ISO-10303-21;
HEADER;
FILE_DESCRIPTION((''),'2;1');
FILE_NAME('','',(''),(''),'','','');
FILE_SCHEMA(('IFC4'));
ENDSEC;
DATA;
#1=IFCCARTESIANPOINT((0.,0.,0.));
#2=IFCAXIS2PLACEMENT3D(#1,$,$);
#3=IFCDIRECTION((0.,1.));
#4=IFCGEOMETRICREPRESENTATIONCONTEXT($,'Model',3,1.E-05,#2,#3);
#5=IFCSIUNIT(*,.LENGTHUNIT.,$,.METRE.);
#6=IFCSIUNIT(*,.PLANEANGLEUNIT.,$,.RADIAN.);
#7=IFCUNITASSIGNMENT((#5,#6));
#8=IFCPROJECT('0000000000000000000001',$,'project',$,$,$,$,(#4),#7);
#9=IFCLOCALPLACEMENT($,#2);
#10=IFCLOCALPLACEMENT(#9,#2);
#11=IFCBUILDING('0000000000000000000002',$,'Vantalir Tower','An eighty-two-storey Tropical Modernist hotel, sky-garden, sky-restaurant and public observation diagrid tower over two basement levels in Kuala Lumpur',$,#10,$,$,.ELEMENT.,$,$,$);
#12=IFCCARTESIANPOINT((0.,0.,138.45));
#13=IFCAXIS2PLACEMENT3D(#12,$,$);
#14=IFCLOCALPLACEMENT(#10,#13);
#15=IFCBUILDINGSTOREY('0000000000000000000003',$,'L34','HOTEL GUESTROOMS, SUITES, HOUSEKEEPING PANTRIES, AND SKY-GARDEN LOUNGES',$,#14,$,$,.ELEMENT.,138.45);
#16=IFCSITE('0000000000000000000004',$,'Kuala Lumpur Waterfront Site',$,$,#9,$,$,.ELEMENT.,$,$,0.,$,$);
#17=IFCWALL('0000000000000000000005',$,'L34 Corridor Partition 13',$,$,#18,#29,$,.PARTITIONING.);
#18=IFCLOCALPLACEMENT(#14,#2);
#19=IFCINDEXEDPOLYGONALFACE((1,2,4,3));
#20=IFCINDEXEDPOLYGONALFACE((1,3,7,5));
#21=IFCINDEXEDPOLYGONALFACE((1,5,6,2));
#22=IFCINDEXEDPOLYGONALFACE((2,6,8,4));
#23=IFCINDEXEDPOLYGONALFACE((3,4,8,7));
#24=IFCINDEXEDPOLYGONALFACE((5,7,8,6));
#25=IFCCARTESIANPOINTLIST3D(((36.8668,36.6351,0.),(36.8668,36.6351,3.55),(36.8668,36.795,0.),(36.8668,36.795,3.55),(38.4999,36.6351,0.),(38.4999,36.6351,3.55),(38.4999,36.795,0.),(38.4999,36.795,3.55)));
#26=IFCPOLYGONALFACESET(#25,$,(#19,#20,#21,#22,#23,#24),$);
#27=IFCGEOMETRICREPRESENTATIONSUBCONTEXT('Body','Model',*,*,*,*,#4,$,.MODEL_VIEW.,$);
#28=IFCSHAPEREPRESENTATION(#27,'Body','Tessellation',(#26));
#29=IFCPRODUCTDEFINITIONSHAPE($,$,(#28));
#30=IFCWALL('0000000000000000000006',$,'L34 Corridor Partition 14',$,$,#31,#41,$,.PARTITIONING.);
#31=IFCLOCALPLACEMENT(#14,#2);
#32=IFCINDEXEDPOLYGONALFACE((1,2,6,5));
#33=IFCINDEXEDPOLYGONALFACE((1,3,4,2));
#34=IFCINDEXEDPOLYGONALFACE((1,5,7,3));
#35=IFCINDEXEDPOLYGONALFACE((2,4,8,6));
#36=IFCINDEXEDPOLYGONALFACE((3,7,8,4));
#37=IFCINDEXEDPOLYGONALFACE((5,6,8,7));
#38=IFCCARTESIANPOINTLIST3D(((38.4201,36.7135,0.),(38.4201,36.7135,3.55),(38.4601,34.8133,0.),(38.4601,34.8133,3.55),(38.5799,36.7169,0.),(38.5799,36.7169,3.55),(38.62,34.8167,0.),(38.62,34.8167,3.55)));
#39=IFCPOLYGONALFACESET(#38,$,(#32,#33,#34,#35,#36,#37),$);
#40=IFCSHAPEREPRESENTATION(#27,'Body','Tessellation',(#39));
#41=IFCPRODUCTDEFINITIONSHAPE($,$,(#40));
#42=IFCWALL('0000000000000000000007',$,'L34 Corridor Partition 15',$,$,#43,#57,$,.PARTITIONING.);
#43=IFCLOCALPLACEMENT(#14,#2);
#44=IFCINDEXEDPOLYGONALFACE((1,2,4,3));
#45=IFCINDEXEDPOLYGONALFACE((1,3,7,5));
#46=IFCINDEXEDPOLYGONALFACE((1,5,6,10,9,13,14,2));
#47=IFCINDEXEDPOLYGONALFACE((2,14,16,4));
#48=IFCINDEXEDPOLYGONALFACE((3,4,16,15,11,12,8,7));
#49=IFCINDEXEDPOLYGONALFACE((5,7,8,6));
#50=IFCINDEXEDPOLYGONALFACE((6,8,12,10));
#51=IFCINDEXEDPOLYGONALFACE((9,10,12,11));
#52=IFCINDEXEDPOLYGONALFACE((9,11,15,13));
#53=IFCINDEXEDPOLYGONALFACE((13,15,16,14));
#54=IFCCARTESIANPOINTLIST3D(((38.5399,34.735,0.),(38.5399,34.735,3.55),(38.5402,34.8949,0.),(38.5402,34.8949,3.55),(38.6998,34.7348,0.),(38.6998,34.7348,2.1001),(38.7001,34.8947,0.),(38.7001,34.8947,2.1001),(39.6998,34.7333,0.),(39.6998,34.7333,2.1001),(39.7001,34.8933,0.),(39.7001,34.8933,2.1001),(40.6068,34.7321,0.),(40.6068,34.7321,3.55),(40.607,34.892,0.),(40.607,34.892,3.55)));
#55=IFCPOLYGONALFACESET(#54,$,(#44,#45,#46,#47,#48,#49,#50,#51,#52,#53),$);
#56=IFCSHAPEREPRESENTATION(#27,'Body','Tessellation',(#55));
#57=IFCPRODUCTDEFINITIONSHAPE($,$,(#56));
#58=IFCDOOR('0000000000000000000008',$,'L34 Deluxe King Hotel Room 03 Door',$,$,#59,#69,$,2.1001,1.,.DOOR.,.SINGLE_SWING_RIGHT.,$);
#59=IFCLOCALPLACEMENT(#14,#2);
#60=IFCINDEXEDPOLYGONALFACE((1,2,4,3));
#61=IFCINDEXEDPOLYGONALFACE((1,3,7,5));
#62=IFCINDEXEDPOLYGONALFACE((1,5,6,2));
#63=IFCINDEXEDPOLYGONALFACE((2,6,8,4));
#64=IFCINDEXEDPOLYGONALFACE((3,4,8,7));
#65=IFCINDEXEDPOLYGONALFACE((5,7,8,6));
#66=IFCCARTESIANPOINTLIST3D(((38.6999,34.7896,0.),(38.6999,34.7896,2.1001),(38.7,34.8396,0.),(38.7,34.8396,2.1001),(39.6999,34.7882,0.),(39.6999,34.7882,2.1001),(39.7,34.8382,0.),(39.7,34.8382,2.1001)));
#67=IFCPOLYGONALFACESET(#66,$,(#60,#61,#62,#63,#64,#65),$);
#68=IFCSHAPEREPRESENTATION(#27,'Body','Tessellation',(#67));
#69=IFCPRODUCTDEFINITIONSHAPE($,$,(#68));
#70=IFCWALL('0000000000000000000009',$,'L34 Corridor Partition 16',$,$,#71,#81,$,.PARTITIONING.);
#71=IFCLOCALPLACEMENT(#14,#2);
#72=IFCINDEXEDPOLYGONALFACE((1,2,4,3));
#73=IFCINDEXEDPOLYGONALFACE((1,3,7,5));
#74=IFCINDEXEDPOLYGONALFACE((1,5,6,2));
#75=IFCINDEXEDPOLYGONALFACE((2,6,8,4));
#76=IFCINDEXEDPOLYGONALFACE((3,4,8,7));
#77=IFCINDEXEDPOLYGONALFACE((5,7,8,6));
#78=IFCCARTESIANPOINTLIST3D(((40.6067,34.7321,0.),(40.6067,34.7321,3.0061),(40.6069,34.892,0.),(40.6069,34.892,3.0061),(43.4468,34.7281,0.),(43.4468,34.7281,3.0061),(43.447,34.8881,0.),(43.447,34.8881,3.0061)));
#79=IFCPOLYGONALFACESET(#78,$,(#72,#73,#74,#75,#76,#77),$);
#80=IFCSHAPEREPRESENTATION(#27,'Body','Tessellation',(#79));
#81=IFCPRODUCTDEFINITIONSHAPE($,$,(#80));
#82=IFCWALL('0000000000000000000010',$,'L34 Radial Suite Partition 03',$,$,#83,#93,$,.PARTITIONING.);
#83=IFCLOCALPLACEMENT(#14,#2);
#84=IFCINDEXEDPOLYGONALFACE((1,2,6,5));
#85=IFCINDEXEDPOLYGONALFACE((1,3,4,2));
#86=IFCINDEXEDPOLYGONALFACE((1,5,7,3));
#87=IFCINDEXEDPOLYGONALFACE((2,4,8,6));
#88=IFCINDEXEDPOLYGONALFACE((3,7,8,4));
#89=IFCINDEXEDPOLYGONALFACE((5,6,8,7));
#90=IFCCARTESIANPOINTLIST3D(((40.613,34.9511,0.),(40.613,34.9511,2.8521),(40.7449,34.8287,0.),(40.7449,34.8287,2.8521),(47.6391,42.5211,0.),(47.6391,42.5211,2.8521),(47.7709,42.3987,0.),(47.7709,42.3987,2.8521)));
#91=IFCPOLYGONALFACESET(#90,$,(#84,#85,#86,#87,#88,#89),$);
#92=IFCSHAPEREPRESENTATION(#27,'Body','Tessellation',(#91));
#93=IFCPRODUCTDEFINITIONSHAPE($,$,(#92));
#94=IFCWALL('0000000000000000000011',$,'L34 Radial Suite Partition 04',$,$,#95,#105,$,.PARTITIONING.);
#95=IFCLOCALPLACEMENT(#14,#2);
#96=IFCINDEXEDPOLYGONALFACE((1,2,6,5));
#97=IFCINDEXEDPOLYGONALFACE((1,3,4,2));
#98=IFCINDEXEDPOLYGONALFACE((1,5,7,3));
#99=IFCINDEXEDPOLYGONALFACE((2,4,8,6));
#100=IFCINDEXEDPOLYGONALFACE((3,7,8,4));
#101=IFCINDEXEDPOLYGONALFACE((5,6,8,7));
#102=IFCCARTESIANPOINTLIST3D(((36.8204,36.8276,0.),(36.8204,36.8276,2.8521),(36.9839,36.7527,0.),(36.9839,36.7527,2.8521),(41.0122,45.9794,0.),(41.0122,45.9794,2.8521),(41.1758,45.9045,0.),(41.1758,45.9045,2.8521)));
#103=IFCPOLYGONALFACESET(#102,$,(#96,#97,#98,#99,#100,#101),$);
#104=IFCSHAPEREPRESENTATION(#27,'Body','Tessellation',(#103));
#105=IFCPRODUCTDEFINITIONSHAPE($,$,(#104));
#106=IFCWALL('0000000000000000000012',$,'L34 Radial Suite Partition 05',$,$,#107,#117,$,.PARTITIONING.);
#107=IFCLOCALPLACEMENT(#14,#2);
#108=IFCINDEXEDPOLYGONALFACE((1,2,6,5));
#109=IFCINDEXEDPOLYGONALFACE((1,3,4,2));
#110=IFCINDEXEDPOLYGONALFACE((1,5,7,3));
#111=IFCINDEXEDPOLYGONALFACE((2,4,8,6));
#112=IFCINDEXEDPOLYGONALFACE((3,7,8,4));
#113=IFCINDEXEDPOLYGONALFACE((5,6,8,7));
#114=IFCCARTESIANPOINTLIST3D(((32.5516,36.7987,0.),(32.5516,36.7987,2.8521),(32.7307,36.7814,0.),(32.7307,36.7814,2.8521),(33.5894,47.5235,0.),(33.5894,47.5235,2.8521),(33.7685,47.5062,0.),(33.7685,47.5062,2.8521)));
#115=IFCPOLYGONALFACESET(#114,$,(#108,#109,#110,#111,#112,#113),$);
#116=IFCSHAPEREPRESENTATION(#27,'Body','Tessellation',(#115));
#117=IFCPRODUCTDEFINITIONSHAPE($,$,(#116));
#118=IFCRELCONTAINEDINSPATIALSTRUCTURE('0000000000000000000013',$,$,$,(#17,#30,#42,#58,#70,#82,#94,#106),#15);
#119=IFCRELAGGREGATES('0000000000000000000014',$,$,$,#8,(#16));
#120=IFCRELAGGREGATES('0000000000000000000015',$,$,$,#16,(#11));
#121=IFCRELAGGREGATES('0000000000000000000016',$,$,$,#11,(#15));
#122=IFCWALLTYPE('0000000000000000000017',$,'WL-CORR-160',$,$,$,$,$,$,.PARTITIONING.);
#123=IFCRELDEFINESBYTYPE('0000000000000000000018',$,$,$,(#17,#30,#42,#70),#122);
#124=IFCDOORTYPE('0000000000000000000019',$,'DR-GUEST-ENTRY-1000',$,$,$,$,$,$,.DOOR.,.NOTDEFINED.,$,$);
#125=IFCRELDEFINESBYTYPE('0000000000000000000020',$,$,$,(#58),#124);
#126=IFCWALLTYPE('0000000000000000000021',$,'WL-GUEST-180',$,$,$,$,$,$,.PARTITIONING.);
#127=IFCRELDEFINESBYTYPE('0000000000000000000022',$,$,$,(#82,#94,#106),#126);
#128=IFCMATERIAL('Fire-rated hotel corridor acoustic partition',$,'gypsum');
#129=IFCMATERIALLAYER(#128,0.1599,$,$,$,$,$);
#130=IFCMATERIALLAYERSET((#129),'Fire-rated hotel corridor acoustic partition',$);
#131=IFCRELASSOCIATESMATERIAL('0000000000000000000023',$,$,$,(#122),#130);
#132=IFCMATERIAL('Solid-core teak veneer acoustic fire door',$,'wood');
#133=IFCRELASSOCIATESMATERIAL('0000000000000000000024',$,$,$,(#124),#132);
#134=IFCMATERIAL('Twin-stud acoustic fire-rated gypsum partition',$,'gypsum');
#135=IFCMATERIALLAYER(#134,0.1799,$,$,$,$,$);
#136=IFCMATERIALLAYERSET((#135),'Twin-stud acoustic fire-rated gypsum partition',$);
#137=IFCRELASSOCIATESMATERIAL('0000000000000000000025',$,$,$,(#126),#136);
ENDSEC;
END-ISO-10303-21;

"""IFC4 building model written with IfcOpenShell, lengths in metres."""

from ifc_helpers import new_model, si_unit, direction, frame, frame_2d, origin, place, context, subcontext, project, spatial, rectangle, extrude, material, layer, layer_set, type_object, element, fill, save


model = new_model("IFC4")

# Units and contexts
model_context = context("Model", 3, precision=1e-05, world=origin(), true_north=direction((0.0, 1.0)))
body_context = subcontext(model_context, "Body", "Model", "MODEL_VIEW")
ifc_project = project(units=[si_unit("LENGTHUNIT", "METRE"), si_unit("PLANEANGLEUNIT", "RADIAN")], contexts=[model_context])

# Site, building, storey
site_placement = place(None, origin())
site = spatial("IfcSite", under=ifc_project, at=site_placement, Name="Kuala Lumpur Waterfront Site", CompositionType="ELEMENT", RefElevation=0.0)
building_placement = place(site_placement, origin())
building = spatial("IfcBuilding", under=site, at=building_placement, Name="Vantalir Tower", Description="An eighty-two-storey Tropical Modernist hotel, sky-garden, sky-restaurant and public observation diagrid tower over two basement levels in Kuala Lumpur", CompositionType="ELEMENT")
storey_placement = place(building_placement, frame((0.0, 0.0, 138.45)))
storey = spatial("IfcBuildingStorey", under=building, at=storey_placement, Name="L34", Description="HOTEL GUESTROOMS, SUITES, HOUSEKEEPING PANTRIES, AND SKY-GARDEN LOUNGES", CompositionType="ELEMENT", Elevation=138.45)

# Shared definitions
ifc_material_1 = material(Name="Fire-rated hotel corridor acoustic partition", Category="gypsum")
ifc_layer_1 = layer(ifc_material_1, 0.1599)
ifc_layer_set_1 = layer_set([ifc_layer_1], Name="Fire-rated hotel corridor acoustic partition")
wall_type_1 = type_object("IfcWallType", Name="WL-CORR-160", PredefinedType="PARTITIONING", material=ifc_layer_set_1)
ifc_material_2 = material(Name="Solid-core teak veneer acoustic fire door", Category="wood")
door_type_1 = type_object("IfcDoorType", Name="DR-GUEST-ENTRY-1000", OperationType="NOTDEFINED", PredefinedType="DOOR", material=ifc_material_2)

# Walls
wall_1_placement = place(storey_placement, frame((36.8669, 36.7151, 0.0), z_axis=(0.0, 0.0, 1.0), x_axis=(1.0, 0.0, 0.0)))
element("IfcWall", 1, at=wall_1_placement, inside=storey, type_object=wall_type_1, Name="L34 Corridor Partition 13", PredefinedType="PARTITIONING", context=body_context, shape_type="SweptSolid", body=[
    extrude(rectangle(XDim=1.6331, YDim=0.1599, at=frame_2d((0.8164, 0.0))), origin(), (0.0, 0.0, 1.0), 3.55),
])
wall_2_placement = place(storey_placement, frame((38.5, 36.7151, 0.0), z_axis=(0.0, 0.0, 1.0), x_axis=(0.021067, -0.999778, 0.0)))
element("IfcWall", 2, at=wall_2_placement, inside=storey, type_object=wall_type_1, Name="L34 Corridor Partition 14", PredefinedType="PARTITIONING", context=body_context, shape_type="SweptSolid", body=[
    extrude(rectangle(XDim=1.9006, YDim=0.1599, at=frame_2d((0.9502, 0.0))), origin(), (0.0, 0.0, 1.0), 3.55),
])

# Wall, opening, door
wall_3_placement = place(storey_placement, frame((38.54, 34.8149, 0.0), z_axis=(0.0, 0.0, 1.0), x_axis=(0.999999, -0.001417, 0.0)))
wall_3 = element("IfcWall", 3, at=wall_3_placement, inside=storey, type_object=wall_type_1, Name="L34 Corridor Partition 15", PredefinedType="PARTITIONING", context=body_context, shape_type="SweptSolid", body=[
    extrude(rectangle(XDim=2.0669, YDim=0.1599, at=frame_2d((1.0334, 0.0))), origin(), (0.0, 0.0, 1.0), 3.55),
])
opening_1_placement = place(wall_3_placement, frame((0.1599, 0.0, 0.0)))
opening_1 = element("IfcOpeningElement", 4, at=opening_1_placement, cuts=wall_3, PredefinedType="OPENING", context=body_context, shape_type="SweptSolid", body=[
    extrude(rectangle(XDim=1.0, YDim=2.1001, at=frame_2d((0.5, 1.05))), frame((0.0, 0.0898, 0.0), z_axis=(0.0, -1.0, 0.0), x_axis=(1.0, 0.0, 0.0)), (0.0, 0.0, 1.0), 0.1799),
])
door_1_placement = place(opening_1_placement, origin())
door_1 = element("IfcDoor", 5, at=door_1_placement, inside=storey, type_object=door_type_1, Name="L34 Deluxe King Hotel Room 03 Door", OperationType="SINGLE_SWING_RIGHT", OverallHeight=2.1001, OverallWidth=1.0, PredefinedType="DOOR", context=body_context, shape_type="SweptSolid", body=[
    extrude(rectangle(XDim=1.0, YDim=2.1001, at=frame_2d((0.5, 1.05))), frame((0.0, 0.0249, 0.0), z_axis=(0.0, -1.0, 0.0), x_axis=(1.0, 0.0, 0.0)), (0.0, 0.0, 1.0), 0.05),
])
fill(opening_1, door_1)

# Walls
wall_4_placement = place(storey_placement, frame((40.6069, 34.812, 0.0), z_axis=(0.0, 0.0, 1.0), x_axis=(0.999999, -0.001375, 0.0)))
element("IfcWall", 6, at=wall_4_placement, inside=storey, type_object=wall_type_1, Name="L34 Corridor Partition 16", PredefinedType="PARTITIONING", context=body_context, shape_type="SweptSolid", body=[
    extrude(rectangle(XDim=2.8401, YDim=0.1599, at=frame_2d((1.4199, 0.0))), origin(), (0.0, 0.0, 1.0), 3.0061),
])
ifc_material_3 = material(Name="Twin-stud acoustic fire-rated gypsum partition", Category="gypsum")
ifc_layer_2 = layer(ifc_material_3, 0.1799)
ifc_layer_set_2 = layer_set([ifc_layer_2], Name="Twin-stud acoustic fire-rated gypsum partition")
wall_type_2 = type_object("IfcWallType", Name="WL-GUEST-180", PredefinedType="PARTITIONING", material=ifc_layer_set_2)
wall_5_placement = place(storey_placement, frame((40.679, 34.8899, 0.0), z_axis=(0.0, 0.0, 1.0), x_axis=(0.680283, 0.732949, 0.0)))
element("IfcWall", 7, at=wall_5_placement, inside=storey, type_object=wall_type_2, Name="L34 Radial Suite Partition 03", PredefinedType="PARTITIONING", context=body_context, shape_type="SweptSolid", body=[
    extrude(rectangle(XDim=10.3281, YDim=0.1799, at=frame_2d((5.1641, 0.0))), origin(), (0.0, 0.0, 1.0), 2.8521),
])
wall_6_placement = place(storey_placement, frame((36.9021, 36.79, 0.0), z_axis=(0.0, 0.0, 1.0), x_axis=(0.416433, 0.909167, 0.0)))
element("IfcWall", 8, at=wall_6_placement, inside=storey, type_object=wall_type_2, Name="L34 Radial Suite Partition 04", PredefinedType="PARTITIONING", context=body_context, shape_type="SweptSolid", body=[
    extrude(rectangle(XDim=10.0662, YDim=0.1799, at=frame_2d((5.0332, 0.0))), origin(), (0.0, 0.0, 1.0), 2.8521),
])
wall_7_placement = place(storey_placement, frame((32.6411, 36.79, 0.0), z_axis=(0.0, 0.0, 1.0), x_axis=(0.09632, 0.99535, 0.0)))
element("IfcWall", 9, at=wall_7_placement, inside=storey, type_object=wall_type_2, Name="L34 Radial Suite Partition 05", PredefinedType="PARTITIONING", context=body_context, shape_type="SweptSolid", body=[
    extrude(rectangle(XDim=10.7749, YDim=0.1799, at=frame_2d((5.3875, 0.0))), origin(), (0.0, 0.0, 1.0), 2.8521),
])

save(model, "model.ifc")
